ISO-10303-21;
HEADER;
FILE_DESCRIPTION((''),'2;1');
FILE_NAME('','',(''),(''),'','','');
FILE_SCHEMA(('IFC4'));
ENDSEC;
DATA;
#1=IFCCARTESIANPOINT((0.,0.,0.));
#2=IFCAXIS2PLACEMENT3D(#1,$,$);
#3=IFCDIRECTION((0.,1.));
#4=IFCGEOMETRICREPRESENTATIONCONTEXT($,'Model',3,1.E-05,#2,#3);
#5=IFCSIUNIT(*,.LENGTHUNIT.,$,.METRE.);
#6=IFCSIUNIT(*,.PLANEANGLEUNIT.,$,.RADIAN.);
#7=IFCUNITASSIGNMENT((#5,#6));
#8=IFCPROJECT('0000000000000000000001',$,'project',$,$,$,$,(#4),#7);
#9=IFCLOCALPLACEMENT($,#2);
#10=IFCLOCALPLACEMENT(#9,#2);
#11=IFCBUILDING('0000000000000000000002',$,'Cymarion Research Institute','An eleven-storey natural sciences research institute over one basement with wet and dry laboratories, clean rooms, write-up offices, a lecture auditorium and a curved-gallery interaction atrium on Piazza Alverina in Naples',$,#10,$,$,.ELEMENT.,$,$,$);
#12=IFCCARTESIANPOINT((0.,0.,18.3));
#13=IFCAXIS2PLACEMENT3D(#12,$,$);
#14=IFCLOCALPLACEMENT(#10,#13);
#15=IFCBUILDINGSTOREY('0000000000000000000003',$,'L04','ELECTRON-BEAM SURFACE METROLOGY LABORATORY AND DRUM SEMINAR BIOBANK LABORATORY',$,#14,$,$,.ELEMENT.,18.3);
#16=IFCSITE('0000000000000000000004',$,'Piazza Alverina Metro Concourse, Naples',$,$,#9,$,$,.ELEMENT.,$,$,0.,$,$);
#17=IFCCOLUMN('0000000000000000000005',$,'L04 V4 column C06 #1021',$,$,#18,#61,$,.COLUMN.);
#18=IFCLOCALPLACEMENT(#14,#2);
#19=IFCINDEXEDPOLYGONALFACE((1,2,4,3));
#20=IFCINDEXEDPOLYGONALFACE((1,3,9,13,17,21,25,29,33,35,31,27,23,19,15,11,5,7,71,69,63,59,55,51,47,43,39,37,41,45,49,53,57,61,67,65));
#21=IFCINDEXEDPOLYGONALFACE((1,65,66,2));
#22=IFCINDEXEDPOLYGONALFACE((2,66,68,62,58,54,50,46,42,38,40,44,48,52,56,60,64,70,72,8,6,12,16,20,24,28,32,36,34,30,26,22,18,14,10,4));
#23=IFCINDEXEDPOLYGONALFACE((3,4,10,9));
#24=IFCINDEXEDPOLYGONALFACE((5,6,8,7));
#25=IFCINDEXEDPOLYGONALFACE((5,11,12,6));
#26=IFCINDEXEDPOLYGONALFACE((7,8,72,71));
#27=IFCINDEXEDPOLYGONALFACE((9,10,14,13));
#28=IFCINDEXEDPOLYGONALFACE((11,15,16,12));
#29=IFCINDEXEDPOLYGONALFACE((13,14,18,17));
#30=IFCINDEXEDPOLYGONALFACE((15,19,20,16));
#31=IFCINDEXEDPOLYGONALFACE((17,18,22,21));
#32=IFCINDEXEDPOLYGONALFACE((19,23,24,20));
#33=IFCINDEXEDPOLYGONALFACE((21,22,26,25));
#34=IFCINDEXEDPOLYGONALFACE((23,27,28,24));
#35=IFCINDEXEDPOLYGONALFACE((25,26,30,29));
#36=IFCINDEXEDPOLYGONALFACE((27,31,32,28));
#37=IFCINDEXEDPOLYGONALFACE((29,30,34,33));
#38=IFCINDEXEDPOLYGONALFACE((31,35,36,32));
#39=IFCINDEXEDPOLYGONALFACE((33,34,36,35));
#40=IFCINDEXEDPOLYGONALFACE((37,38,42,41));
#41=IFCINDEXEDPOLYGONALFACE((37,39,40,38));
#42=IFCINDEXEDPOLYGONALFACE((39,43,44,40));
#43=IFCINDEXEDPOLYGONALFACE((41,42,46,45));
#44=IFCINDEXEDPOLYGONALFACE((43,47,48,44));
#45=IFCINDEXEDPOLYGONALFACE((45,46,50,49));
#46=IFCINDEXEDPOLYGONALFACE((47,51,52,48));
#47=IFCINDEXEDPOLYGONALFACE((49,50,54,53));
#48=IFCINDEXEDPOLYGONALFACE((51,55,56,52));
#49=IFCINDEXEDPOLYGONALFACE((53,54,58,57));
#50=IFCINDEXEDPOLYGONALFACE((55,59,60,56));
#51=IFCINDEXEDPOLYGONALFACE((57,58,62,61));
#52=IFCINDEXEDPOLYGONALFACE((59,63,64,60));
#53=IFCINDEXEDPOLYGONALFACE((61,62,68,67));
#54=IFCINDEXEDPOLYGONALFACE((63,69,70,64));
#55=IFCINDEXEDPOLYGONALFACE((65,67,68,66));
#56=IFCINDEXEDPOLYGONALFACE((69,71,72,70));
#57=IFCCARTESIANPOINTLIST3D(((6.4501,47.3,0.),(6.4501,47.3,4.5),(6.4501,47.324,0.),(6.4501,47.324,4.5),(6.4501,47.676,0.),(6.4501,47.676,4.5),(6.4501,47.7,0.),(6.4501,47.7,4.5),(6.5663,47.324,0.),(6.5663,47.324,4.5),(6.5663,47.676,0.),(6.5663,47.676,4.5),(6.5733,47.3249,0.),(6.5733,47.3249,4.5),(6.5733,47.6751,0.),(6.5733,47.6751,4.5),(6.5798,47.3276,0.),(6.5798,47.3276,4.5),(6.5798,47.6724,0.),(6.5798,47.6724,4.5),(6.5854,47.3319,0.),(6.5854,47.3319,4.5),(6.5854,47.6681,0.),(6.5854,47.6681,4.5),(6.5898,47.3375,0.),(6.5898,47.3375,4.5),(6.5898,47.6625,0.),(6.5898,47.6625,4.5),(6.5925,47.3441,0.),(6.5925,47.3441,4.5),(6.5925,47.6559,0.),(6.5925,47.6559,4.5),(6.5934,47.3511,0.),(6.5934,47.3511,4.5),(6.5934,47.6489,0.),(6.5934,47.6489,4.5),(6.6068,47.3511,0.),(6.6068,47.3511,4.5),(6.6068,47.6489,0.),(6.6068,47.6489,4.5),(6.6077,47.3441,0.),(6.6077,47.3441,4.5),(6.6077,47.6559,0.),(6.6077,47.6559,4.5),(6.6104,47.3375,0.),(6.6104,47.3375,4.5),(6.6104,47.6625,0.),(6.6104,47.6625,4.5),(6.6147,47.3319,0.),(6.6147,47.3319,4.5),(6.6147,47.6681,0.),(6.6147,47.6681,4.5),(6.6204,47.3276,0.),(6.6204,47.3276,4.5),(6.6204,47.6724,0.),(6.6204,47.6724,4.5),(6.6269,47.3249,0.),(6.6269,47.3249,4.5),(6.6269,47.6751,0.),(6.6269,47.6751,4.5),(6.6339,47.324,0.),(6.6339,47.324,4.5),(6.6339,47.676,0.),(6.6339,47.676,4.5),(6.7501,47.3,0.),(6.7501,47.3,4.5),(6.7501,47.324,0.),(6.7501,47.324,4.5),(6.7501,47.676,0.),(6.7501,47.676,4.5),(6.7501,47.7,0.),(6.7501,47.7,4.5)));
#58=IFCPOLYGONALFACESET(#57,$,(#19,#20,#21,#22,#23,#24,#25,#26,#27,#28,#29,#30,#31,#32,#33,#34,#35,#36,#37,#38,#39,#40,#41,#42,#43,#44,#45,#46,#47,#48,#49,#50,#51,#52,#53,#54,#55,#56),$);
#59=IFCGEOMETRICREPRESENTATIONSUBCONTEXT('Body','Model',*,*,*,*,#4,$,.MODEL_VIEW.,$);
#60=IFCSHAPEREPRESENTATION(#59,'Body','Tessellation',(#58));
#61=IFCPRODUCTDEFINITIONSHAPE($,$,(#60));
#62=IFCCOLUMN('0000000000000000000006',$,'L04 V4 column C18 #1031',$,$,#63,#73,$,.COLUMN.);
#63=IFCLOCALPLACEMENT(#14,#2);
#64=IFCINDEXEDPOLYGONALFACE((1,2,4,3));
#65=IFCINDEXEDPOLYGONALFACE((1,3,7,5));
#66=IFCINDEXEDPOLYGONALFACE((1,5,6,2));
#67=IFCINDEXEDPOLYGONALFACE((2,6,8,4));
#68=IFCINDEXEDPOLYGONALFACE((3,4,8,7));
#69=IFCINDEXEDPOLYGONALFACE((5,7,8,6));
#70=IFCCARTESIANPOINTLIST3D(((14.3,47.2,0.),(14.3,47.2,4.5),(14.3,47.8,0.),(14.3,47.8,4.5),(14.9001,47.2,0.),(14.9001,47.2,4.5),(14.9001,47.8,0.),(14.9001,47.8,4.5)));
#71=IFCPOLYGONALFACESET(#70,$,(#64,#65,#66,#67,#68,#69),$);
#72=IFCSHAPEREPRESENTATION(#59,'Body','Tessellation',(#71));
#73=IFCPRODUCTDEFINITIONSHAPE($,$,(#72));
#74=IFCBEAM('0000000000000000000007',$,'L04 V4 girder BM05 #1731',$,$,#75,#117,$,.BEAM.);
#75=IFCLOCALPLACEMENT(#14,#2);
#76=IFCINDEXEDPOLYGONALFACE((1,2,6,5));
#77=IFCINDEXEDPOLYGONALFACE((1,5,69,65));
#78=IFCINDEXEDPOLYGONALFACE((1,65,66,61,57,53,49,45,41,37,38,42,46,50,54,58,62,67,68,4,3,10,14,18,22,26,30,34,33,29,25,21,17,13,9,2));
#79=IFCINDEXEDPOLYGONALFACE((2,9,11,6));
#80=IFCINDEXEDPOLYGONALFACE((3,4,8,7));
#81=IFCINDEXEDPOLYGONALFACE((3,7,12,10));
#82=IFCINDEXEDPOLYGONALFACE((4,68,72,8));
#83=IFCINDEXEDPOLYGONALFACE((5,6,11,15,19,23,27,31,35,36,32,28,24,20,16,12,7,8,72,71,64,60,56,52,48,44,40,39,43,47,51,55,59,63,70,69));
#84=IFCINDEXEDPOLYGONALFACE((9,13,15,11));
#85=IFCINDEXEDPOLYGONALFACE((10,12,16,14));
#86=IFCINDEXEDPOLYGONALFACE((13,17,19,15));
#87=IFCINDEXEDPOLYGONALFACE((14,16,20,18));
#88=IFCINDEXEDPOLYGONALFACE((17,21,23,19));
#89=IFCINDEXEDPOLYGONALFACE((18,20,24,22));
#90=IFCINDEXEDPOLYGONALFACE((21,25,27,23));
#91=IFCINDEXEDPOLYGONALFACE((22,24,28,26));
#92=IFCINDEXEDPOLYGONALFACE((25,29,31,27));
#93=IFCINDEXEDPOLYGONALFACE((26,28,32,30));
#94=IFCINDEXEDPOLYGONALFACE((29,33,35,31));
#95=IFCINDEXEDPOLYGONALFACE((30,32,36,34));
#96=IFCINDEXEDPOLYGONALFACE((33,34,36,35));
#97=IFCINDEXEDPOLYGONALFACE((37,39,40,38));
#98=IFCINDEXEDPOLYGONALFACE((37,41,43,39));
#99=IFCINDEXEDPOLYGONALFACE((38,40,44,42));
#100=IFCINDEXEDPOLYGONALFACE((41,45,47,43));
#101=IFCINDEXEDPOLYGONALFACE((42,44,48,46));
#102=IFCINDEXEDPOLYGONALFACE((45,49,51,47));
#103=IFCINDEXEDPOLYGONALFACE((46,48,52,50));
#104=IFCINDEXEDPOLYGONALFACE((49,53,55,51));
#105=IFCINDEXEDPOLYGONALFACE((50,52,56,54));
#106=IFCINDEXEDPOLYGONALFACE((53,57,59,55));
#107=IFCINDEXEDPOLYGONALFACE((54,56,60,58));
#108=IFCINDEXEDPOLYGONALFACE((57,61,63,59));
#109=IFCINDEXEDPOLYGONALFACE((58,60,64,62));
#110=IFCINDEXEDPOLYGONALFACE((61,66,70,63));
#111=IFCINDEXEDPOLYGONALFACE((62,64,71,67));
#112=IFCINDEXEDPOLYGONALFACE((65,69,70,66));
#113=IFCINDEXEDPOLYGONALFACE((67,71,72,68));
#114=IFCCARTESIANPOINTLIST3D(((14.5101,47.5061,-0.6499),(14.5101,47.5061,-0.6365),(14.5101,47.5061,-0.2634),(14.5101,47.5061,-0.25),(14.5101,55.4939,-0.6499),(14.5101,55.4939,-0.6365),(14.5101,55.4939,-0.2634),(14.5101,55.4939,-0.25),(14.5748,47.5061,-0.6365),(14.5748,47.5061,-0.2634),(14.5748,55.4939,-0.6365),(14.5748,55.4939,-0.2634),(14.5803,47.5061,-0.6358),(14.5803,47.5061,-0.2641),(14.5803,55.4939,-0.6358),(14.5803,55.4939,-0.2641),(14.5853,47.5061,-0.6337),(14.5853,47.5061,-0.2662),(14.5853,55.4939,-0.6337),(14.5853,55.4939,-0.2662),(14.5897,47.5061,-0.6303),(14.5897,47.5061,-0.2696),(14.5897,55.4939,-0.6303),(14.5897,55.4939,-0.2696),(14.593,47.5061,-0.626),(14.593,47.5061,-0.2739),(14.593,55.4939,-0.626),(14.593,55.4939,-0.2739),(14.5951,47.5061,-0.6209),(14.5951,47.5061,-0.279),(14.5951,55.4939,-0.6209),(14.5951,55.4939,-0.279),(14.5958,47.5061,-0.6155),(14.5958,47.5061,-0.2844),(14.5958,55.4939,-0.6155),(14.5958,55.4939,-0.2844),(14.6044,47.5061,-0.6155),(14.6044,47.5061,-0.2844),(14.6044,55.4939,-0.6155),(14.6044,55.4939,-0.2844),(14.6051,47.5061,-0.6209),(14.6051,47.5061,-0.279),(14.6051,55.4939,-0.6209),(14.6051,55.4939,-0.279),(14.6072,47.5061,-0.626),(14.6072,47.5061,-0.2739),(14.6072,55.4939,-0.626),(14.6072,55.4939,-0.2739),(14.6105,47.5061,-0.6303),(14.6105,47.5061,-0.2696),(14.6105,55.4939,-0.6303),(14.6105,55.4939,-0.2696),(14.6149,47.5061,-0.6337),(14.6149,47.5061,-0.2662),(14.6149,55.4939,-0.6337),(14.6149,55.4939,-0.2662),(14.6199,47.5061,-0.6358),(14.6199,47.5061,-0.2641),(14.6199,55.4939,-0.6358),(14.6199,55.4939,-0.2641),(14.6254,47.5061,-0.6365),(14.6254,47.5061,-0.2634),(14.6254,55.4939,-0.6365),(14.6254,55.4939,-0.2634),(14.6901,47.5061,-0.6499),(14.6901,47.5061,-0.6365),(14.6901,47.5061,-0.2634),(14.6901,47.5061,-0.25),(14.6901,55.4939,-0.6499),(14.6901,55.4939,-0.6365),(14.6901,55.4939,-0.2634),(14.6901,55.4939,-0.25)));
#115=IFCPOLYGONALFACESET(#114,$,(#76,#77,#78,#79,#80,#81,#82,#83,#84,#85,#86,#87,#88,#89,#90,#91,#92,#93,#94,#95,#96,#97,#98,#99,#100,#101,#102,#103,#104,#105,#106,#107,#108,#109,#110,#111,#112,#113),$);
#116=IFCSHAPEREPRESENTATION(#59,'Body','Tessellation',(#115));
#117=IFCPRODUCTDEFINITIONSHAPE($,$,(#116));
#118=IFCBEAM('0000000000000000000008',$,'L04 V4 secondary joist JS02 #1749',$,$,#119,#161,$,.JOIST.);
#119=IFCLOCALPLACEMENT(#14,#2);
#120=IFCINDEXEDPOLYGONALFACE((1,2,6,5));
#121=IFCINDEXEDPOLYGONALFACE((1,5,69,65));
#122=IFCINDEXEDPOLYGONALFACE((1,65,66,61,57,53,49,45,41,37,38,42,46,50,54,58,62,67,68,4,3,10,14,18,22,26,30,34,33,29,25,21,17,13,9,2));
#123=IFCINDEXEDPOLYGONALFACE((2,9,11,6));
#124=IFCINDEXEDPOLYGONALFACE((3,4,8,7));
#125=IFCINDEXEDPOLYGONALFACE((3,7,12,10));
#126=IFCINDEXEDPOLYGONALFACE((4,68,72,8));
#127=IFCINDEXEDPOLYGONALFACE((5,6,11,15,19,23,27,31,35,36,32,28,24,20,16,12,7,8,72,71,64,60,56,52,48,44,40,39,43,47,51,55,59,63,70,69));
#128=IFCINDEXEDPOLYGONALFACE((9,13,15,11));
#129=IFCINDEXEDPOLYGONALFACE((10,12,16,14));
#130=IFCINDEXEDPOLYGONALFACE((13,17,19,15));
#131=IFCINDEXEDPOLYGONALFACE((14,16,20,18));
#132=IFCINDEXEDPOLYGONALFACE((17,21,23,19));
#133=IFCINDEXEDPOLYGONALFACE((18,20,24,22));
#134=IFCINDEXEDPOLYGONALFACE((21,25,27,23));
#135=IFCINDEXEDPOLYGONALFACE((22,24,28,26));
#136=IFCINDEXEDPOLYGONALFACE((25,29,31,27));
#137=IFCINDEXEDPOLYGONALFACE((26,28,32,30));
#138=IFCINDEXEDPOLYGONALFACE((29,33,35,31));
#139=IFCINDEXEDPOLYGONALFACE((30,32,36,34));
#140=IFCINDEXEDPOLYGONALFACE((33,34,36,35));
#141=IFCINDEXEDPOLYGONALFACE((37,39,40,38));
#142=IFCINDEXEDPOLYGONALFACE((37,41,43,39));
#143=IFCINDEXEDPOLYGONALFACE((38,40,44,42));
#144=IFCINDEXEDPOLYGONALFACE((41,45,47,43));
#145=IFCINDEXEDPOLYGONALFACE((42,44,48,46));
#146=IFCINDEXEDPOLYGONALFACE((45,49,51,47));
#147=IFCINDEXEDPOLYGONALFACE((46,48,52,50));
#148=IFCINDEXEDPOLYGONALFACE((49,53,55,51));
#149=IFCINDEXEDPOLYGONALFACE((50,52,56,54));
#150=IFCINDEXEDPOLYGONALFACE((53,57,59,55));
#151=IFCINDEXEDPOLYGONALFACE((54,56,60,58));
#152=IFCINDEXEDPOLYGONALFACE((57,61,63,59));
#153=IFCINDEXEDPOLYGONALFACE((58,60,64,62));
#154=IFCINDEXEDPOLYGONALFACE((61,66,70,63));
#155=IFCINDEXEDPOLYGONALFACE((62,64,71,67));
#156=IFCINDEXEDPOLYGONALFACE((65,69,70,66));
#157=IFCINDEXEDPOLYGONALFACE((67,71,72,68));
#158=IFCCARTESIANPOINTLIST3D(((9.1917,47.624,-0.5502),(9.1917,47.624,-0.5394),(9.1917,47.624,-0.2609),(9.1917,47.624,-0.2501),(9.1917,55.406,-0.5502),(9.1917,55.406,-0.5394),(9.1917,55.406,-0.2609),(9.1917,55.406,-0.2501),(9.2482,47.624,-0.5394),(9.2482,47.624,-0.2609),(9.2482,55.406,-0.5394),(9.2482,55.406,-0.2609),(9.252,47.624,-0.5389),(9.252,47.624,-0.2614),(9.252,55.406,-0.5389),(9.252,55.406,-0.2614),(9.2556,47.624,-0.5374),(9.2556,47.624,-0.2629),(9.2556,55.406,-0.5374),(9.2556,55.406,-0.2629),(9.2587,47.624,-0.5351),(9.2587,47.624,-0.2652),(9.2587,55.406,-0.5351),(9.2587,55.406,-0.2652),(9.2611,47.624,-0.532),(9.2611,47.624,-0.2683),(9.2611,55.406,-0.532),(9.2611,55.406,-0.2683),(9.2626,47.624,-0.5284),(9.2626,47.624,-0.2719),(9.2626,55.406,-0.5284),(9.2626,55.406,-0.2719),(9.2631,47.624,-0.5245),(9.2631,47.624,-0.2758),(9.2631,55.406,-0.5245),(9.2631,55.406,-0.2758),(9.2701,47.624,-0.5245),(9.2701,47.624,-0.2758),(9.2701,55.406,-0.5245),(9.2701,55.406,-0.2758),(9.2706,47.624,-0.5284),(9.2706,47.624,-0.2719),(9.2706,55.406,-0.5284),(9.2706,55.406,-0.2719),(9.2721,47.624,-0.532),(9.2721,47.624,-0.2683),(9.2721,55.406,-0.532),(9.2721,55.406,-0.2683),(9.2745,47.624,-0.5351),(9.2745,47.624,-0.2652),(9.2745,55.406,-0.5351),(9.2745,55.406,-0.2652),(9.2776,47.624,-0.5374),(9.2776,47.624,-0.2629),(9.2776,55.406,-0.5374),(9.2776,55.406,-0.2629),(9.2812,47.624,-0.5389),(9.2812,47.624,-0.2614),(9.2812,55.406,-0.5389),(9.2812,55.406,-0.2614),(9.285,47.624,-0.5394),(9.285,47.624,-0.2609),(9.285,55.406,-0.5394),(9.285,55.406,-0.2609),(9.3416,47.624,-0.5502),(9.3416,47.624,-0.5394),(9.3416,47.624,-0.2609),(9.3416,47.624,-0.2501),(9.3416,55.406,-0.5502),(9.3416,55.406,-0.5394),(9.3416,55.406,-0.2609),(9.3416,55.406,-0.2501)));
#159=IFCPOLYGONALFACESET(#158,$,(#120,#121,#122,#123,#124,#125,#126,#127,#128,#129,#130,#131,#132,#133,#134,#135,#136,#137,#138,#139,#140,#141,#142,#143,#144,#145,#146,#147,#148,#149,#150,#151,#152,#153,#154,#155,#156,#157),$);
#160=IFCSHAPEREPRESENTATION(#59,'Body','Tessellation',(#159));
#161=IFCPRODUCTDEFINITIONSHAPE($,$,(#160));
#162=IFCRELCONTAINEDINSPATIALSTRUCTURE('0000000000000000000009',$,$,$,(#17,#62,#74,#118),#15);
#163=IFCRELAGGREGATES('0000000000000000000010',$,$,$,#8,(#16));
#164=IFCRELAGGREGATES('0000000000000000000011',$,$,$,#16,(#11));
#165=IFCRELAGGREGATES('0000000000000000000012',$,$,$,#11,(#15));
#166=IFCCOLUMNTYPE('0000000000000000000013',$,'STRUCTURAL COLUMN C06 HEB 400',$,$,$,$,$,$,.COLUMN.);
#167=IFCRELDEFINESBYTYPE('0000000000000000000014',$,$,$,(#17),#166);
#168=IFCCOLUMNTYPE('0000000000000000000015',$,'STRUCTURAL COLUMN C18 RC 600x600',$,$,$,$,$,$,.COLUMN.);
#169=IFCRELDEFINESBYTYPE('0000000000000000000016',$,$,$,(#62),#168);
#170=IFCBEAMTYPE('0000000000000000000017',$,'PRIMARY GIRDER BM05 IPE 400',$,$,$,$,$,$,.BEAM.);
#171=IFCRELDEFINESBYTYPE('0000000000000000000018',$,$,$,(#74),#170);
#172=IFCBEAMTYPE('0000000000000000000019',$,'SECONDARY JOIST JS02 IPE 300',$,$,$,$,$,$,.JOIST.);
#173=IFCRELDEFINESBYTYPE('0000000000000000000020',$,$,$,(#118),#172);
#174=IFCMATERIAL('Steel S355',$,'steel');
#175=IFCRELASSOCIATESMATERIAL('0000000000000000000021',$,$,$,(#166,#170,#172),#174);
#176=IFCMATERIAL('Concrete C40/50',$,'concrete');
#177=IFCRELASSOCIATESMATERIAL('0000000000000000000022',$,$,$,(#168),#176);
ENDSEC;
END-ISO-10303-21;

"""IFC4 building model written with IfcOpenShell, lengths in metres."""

from ifc_helpers import new_model, si_unit, direction, frame, origin, origin_2d, place, context, subcontext, project, spatial, rectangle, i_section, extrude, material, material_profile, profile_set, type_object, element, save


model = new_model("IFC4")

# Units and contexts
model_context = context("Model", 3, precision=1e-05, world=origin(), true_north=direction((0.0, 1.0)))
body_context = subcontext(model_context, "Body", "Model", "MODEL_VIEW")
ifc_project = project(units=[si_unit("LENGTHUNIT", "METRE"), si_unit("PLANEANGLEUNIT", "RADIAN")], contexts=[model_context])

# Site, building, storey
site_placement = place(None, origin())
site = spatial("IfcSite", under=ifc_project, at=site_placement, Name="Piazza Alverina Metro Concourse, Naples", CompositionType="ELEMENT", RefElevation=0.0)
building_placement = place(site_placement, origin())
building = spatial("IfcBuilding", under=site, at=building_placement, Name="Cymarion Research Institute", Description="An eleven-storey natural sciences research institute over one basement with wet and dry laboratories, clean rooms, write-up offices, a lecture auditorium and a curved-gallery interaction atrium on Piazza Alverina in Naples", CompositionType="ELEMENT")
storey_placement = place(building_placement, frame((0.0, 0.0, 18.3)))
storey = spatial("IfcBuildingStorey", under=building, at=storey_placement, Name="L04", Description="ELECTRON-BEAM SURFACE METROLOGY LABORATORY AND DRUM SEMINAR BIOBANK LABORATORY", CompositionType="ELEMENT", Elevation=18.3)

# Columns
ifc_material_1 = material(Name="Steel S355", Category="steel")
ifc_material_profile_1 = material_profile(ifc_material_1, i_section(OverallWidth=0.3, OverallDepth=0.3999, WebThickness=0.0134, FlangeThickness=0.0239, FilletRadius=0.0271, at=origin_2d()), Name="HEB 400")
ifc_profile_set_1 = profile_set([ifc_material_profile_1], Name="Steel S355")
column_type_1 = type_object("IfcColumnType", Name="STRUCTURAL COLUMN C06 HEB 400", PredefinedType="COLUMN", material=ifc_profile_set_1)
column_1_placement = place(storey_placement, frame((6.6001, 47.5, 0.0), z_axis=(0.0, 0.0, 1.0), x_axis=(1.0, 0.0, 0.0)))
element("IfcColumn", 1, at=column_1_placement, inside=storey, type_object=column_type_1, Name="L04 V4 column C06 #1021", PredefinedType="COLUMN", context=body_context, shape_type="SweptSolid", body=[
    extrude(i_section(OverallWidth=0.3, OverallDepth=0.3999, WebThickness=0.0134, FlangeThickness=0.0239, FilletRadius=0.0271, at=origin_2d()), origin(), (0.0, 0.0, 1.0), 4.5),
])
ifc_material_2 = material(Name="Concrete C40/50", Category="concrete")
ifc_material_profile_2 = material_profile(ifc_material_2, rectangle(XDim=0.6001, YDim=0.6001, at=origin_2d()), Name="RC 600x600")
ifc_profile_set_2 = profile_set([ifc_material_profile_2], Name="Concrete C40/50")
column_type_2 = type_object("IfcColumnType", Name="STRUCTURAL COLUMN C18 RC 600x600", PredefinedType="COLUMN", material=ifc_profile_set_2)
column_2_placement = place(storey_placement, frame((14.6001, 47.5, 0.0), z_axis=(0.0, 0.0, 1.0), x_axis=(1.0, 0.0, 0.0)))
element("IfcColumn", 2, at=column_2_placement, inside=storey, type_object=column_type_2, Name="L04 V4 column C18 #1031", PredefinedType="COLUMN", context=body_context, shape_type="SweptSolid", body=[
    extrude(rectangle(XDim=0.6001, YDim=0.6001, at=origin_2d()), origin(), (0.0, 0.0, 1.0), 4.5),
])

# Beams
ifc_material_profile_3 = material_profile(ifc_material_1, i_section(OverallWidth=0.1799, OverallDepth=0.3999, WebThickness=0.0085, FlangeThickness=0.0134, FilletRadius=0.021, at=origin_2d()), Name="IPE 400")
ifc_profile_set_3 = profile_set([ifc_material_profile_3], Name="Steel S355")
beam_type_1 = type_object("IfcBeamType", Name="PRIMARY GIRDER BM05 IPE 400", PredefinedType="BEAM", material=ifc_profile_set_3)
beam_1_placement = place(storey_placement, frame((14.6001, 47.5061, -0.45), z_axis=(0.0, 1.0, 0.0), x_axis=(-1.0, 0.0, 0.0)))
element("IfcBeam", 3, at=beam_1_placement, inside=storey, type_object=beam_type_1, Name="L04 V4 girder BM05 #1731", PredefinedType="BEAM", context=body_context, shape_type="SweptSolid", body=[
    extrude(i_section(OverallWidth=0.1799, OverallDepth=0.3999, WebThickness=0.0085, FlangeThickness=0.0134, FilletRadius=0.021, at=origin_2d()), origin(), (0.0, 0.0, 1.0), 7.9878),
])
ifc_material_profile_4 = material_profile(ifc_material_1, i_section(OverallWidth=0.1499, OverallDepth=0.3, WebThickness=0.0071, FlangeThickness=0.0107, FilletRadius=0.0149, at=origin_2d()), Name="IPE 300")
ifc_profile_set_4 = profile_set([ifc_material_profile_4], Name="Steel S355")
beam_type_2 = type_object("IfcBeamType", Name="SECONDARY JOIST JS02 IPE 300", PredefinedType="JOIST", material=ifc_profile_set_4)
for number, where, z_axis, x_axis, name in (
    (4, (9.2666, 47.624, -0.4001), (0.0, 1.0, 0.0), (-1.0, 0.0, 0.0), "L04 V4 secondary joist JS02 #1749"),
):
    element("IfcBeam", number, at=place(storey_placement, frame(where, z_axis=z_axis, x_axis=x_axis)), inside=storey, type_object=beam_type_2, Name=name, PredefinedType="JOIST", context=body_context, shape_type="SweptSolid", body=[
        extrude(i_section(OverallWidth=0.1499, OverallDepth=0.3, WebThickness=0.0071, FlangeThickness=0.0107, FilletRadius=0.0149, at=origin_2d()), origin(), (0.0, 0.0, 1.0), 7.782),
    ])

save(model, "model.ifc")
